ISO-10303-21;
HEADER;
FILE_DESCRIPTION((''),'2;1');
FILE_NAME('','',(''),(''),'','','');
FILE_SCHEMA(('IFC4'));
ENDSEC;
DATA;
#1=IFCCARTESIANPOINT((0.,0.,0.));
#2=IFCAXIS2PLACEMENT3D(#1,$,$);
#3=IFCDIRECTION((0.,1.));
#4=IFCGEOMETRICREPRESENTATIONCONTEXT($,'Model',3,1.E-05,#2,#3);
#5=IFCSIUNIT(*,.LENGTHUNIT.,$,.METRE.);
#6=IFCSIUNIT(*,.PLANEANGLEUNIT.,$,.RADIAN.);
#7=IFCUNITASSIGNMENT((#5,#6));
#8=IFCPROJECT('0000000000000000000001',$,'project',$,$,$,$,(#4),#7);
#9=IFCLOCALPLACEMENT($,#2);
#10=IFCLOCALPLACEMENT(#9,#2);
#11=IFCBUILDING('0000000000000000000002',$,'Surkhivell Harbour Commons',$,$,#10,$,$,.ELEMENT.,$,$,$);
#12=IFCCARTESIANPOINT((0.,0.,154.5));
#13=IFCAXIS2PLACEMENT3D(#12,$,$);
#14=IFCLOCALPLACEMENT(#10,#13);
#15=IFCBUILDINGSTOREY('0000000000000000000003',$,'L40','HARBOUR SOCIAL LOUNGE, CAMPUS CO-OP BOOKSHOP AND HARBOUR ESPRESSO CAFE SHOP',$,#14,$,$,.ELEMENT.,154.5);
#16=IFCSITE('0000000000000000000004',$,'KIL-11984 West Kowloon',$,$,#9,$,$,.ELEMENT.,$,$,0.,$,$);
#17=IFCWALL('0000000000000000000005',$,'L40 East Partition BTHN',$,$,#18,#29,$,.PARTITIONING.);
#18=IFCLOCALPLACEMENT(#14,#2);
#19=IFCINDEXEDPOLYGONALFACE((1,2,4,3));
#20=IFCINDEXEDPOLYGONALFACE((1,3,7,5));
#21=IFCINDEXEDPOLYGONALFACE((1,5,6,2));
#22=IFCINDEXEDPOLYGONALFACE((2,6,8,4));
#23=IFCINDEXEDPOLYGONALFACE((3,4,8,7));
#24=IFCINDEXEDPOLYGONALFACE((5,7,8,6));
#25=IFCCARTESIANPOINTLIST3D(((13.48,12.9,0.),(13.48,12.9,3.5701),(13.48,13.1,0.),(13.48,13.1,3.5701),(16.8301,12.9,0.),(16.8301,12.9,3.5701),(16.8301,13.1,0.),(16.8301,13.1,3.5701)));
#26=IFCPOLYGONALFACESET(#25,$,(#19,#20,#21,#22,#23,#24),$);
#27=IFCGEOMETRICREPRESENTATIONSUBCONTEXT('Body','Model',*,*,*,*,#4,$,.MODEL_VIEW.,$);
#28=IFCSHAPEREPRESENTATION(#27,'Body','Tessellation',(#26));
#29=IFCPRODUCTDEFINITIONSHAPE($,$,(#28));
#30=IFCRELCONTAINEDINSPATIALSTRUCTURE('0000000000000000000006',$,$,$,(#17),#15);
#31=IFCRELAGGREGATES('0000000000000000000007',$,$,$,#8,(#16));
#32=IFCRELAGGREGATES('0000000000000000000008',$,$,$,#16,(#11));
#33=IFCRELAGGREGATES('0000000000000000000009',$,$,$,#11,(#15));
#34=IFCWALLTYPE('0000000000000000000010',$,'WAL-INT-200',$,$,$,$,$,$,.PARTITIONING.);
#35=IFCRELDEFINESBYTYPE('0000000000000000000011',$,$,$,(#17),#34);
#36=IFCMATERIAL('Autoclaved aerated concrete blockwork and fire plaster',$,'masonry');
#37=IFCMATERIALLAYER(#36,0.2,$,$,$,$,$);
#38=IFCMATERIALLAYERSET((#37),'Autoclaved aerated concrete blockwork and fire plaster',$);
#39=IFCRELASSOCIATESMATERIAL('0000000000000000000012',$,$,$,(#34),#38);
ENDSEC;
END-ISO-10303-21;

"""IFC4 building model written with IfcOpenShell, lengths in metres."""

from ifc_helpers import new_model, si_unit, direction, frame, frame_2d, origin, place, context, subcontext, project, spatial, rectangle, extrude, material, layer, layer_set, type_object, element, save


model = new_model("IFC4")

# Units and contexts
model_context = context("Model", 3, precision=1e-05, world=origin(), true_north=direction((0.0, 1.0)))
body_context = subcontext(model_context, "Body", "Model", "MODEL_VIEW")
ifc_project = project(units=[si_unit("LENGTHUNIT", "METRE"), si_unit("PLANEANGLEUNIT", "RADIAN")], contexts=[model_context])

# Site, building, storey
site_placement = place(None, origin())
site = spatial("IfcSite", under=ifc_project, at=site_placement, Name="KIL-11984 West Kowloon", CompositionType="ELEMENT", RefElevation=0.0)
building_placement = place(site_placement, origin())
building = spatial("IfcBuilding", under=site, at=building_placement, Name="Surkhivell Harbour Commons", CompositionType="ELEMENT")
storey_placement = place(building_placement, frame((0.0, 0.0, 154.5)))
storey = spatial("IfcBuildingStorey", under=building, at=storey_placement, Name="L40", Description="HARBOUR SOCIAL LOUNGE, CAMPUS CO-OP BOOKSHOP AND HARBOUR ESPRESSO CAFE SHOP", CompositionType="ELEMENT", Elevation=154.5)

# Wall
ifc_material_1 = material(Name="Autoclaved aerated concrete blockwork and fire plaster", Category="masonry")
ifc_layer_1 = layer(ifc_material_1, 0.2)
ifc_layer_set_1 = layer_set([ifc_layer_1], Name="Autoclaved aerated concrete blockwork and fire plaster")
wall_type_1 = type_object("IfcWallType", Name="WAL-INT-200", PredefinedType="PARTITIONING", material=ifc_layer_set_1)
wall_1_placement = place(storey_placement, frame((13.48, 13.0, 0.0), z_axis=(0.0, 0.0, 1.0), x_axis=(1.0, 0.0, 0.0)))
element("IfcWall", 1, at=wall_1_placement, inside=storey, type_object=wall_type_1, Name="L40 East Partition BTHN", PredefinedType="PARTITIONING", context=body_context, shape_type="SweptSolid", body=[
    extrude(rectangle(XDim=3.3501, YDim=0.2, at=frame_2d((1.675, 0.0))), origin(), (0.0, 0.0, 1.0), 3.5701),
])

save(model, "model.ifc")
